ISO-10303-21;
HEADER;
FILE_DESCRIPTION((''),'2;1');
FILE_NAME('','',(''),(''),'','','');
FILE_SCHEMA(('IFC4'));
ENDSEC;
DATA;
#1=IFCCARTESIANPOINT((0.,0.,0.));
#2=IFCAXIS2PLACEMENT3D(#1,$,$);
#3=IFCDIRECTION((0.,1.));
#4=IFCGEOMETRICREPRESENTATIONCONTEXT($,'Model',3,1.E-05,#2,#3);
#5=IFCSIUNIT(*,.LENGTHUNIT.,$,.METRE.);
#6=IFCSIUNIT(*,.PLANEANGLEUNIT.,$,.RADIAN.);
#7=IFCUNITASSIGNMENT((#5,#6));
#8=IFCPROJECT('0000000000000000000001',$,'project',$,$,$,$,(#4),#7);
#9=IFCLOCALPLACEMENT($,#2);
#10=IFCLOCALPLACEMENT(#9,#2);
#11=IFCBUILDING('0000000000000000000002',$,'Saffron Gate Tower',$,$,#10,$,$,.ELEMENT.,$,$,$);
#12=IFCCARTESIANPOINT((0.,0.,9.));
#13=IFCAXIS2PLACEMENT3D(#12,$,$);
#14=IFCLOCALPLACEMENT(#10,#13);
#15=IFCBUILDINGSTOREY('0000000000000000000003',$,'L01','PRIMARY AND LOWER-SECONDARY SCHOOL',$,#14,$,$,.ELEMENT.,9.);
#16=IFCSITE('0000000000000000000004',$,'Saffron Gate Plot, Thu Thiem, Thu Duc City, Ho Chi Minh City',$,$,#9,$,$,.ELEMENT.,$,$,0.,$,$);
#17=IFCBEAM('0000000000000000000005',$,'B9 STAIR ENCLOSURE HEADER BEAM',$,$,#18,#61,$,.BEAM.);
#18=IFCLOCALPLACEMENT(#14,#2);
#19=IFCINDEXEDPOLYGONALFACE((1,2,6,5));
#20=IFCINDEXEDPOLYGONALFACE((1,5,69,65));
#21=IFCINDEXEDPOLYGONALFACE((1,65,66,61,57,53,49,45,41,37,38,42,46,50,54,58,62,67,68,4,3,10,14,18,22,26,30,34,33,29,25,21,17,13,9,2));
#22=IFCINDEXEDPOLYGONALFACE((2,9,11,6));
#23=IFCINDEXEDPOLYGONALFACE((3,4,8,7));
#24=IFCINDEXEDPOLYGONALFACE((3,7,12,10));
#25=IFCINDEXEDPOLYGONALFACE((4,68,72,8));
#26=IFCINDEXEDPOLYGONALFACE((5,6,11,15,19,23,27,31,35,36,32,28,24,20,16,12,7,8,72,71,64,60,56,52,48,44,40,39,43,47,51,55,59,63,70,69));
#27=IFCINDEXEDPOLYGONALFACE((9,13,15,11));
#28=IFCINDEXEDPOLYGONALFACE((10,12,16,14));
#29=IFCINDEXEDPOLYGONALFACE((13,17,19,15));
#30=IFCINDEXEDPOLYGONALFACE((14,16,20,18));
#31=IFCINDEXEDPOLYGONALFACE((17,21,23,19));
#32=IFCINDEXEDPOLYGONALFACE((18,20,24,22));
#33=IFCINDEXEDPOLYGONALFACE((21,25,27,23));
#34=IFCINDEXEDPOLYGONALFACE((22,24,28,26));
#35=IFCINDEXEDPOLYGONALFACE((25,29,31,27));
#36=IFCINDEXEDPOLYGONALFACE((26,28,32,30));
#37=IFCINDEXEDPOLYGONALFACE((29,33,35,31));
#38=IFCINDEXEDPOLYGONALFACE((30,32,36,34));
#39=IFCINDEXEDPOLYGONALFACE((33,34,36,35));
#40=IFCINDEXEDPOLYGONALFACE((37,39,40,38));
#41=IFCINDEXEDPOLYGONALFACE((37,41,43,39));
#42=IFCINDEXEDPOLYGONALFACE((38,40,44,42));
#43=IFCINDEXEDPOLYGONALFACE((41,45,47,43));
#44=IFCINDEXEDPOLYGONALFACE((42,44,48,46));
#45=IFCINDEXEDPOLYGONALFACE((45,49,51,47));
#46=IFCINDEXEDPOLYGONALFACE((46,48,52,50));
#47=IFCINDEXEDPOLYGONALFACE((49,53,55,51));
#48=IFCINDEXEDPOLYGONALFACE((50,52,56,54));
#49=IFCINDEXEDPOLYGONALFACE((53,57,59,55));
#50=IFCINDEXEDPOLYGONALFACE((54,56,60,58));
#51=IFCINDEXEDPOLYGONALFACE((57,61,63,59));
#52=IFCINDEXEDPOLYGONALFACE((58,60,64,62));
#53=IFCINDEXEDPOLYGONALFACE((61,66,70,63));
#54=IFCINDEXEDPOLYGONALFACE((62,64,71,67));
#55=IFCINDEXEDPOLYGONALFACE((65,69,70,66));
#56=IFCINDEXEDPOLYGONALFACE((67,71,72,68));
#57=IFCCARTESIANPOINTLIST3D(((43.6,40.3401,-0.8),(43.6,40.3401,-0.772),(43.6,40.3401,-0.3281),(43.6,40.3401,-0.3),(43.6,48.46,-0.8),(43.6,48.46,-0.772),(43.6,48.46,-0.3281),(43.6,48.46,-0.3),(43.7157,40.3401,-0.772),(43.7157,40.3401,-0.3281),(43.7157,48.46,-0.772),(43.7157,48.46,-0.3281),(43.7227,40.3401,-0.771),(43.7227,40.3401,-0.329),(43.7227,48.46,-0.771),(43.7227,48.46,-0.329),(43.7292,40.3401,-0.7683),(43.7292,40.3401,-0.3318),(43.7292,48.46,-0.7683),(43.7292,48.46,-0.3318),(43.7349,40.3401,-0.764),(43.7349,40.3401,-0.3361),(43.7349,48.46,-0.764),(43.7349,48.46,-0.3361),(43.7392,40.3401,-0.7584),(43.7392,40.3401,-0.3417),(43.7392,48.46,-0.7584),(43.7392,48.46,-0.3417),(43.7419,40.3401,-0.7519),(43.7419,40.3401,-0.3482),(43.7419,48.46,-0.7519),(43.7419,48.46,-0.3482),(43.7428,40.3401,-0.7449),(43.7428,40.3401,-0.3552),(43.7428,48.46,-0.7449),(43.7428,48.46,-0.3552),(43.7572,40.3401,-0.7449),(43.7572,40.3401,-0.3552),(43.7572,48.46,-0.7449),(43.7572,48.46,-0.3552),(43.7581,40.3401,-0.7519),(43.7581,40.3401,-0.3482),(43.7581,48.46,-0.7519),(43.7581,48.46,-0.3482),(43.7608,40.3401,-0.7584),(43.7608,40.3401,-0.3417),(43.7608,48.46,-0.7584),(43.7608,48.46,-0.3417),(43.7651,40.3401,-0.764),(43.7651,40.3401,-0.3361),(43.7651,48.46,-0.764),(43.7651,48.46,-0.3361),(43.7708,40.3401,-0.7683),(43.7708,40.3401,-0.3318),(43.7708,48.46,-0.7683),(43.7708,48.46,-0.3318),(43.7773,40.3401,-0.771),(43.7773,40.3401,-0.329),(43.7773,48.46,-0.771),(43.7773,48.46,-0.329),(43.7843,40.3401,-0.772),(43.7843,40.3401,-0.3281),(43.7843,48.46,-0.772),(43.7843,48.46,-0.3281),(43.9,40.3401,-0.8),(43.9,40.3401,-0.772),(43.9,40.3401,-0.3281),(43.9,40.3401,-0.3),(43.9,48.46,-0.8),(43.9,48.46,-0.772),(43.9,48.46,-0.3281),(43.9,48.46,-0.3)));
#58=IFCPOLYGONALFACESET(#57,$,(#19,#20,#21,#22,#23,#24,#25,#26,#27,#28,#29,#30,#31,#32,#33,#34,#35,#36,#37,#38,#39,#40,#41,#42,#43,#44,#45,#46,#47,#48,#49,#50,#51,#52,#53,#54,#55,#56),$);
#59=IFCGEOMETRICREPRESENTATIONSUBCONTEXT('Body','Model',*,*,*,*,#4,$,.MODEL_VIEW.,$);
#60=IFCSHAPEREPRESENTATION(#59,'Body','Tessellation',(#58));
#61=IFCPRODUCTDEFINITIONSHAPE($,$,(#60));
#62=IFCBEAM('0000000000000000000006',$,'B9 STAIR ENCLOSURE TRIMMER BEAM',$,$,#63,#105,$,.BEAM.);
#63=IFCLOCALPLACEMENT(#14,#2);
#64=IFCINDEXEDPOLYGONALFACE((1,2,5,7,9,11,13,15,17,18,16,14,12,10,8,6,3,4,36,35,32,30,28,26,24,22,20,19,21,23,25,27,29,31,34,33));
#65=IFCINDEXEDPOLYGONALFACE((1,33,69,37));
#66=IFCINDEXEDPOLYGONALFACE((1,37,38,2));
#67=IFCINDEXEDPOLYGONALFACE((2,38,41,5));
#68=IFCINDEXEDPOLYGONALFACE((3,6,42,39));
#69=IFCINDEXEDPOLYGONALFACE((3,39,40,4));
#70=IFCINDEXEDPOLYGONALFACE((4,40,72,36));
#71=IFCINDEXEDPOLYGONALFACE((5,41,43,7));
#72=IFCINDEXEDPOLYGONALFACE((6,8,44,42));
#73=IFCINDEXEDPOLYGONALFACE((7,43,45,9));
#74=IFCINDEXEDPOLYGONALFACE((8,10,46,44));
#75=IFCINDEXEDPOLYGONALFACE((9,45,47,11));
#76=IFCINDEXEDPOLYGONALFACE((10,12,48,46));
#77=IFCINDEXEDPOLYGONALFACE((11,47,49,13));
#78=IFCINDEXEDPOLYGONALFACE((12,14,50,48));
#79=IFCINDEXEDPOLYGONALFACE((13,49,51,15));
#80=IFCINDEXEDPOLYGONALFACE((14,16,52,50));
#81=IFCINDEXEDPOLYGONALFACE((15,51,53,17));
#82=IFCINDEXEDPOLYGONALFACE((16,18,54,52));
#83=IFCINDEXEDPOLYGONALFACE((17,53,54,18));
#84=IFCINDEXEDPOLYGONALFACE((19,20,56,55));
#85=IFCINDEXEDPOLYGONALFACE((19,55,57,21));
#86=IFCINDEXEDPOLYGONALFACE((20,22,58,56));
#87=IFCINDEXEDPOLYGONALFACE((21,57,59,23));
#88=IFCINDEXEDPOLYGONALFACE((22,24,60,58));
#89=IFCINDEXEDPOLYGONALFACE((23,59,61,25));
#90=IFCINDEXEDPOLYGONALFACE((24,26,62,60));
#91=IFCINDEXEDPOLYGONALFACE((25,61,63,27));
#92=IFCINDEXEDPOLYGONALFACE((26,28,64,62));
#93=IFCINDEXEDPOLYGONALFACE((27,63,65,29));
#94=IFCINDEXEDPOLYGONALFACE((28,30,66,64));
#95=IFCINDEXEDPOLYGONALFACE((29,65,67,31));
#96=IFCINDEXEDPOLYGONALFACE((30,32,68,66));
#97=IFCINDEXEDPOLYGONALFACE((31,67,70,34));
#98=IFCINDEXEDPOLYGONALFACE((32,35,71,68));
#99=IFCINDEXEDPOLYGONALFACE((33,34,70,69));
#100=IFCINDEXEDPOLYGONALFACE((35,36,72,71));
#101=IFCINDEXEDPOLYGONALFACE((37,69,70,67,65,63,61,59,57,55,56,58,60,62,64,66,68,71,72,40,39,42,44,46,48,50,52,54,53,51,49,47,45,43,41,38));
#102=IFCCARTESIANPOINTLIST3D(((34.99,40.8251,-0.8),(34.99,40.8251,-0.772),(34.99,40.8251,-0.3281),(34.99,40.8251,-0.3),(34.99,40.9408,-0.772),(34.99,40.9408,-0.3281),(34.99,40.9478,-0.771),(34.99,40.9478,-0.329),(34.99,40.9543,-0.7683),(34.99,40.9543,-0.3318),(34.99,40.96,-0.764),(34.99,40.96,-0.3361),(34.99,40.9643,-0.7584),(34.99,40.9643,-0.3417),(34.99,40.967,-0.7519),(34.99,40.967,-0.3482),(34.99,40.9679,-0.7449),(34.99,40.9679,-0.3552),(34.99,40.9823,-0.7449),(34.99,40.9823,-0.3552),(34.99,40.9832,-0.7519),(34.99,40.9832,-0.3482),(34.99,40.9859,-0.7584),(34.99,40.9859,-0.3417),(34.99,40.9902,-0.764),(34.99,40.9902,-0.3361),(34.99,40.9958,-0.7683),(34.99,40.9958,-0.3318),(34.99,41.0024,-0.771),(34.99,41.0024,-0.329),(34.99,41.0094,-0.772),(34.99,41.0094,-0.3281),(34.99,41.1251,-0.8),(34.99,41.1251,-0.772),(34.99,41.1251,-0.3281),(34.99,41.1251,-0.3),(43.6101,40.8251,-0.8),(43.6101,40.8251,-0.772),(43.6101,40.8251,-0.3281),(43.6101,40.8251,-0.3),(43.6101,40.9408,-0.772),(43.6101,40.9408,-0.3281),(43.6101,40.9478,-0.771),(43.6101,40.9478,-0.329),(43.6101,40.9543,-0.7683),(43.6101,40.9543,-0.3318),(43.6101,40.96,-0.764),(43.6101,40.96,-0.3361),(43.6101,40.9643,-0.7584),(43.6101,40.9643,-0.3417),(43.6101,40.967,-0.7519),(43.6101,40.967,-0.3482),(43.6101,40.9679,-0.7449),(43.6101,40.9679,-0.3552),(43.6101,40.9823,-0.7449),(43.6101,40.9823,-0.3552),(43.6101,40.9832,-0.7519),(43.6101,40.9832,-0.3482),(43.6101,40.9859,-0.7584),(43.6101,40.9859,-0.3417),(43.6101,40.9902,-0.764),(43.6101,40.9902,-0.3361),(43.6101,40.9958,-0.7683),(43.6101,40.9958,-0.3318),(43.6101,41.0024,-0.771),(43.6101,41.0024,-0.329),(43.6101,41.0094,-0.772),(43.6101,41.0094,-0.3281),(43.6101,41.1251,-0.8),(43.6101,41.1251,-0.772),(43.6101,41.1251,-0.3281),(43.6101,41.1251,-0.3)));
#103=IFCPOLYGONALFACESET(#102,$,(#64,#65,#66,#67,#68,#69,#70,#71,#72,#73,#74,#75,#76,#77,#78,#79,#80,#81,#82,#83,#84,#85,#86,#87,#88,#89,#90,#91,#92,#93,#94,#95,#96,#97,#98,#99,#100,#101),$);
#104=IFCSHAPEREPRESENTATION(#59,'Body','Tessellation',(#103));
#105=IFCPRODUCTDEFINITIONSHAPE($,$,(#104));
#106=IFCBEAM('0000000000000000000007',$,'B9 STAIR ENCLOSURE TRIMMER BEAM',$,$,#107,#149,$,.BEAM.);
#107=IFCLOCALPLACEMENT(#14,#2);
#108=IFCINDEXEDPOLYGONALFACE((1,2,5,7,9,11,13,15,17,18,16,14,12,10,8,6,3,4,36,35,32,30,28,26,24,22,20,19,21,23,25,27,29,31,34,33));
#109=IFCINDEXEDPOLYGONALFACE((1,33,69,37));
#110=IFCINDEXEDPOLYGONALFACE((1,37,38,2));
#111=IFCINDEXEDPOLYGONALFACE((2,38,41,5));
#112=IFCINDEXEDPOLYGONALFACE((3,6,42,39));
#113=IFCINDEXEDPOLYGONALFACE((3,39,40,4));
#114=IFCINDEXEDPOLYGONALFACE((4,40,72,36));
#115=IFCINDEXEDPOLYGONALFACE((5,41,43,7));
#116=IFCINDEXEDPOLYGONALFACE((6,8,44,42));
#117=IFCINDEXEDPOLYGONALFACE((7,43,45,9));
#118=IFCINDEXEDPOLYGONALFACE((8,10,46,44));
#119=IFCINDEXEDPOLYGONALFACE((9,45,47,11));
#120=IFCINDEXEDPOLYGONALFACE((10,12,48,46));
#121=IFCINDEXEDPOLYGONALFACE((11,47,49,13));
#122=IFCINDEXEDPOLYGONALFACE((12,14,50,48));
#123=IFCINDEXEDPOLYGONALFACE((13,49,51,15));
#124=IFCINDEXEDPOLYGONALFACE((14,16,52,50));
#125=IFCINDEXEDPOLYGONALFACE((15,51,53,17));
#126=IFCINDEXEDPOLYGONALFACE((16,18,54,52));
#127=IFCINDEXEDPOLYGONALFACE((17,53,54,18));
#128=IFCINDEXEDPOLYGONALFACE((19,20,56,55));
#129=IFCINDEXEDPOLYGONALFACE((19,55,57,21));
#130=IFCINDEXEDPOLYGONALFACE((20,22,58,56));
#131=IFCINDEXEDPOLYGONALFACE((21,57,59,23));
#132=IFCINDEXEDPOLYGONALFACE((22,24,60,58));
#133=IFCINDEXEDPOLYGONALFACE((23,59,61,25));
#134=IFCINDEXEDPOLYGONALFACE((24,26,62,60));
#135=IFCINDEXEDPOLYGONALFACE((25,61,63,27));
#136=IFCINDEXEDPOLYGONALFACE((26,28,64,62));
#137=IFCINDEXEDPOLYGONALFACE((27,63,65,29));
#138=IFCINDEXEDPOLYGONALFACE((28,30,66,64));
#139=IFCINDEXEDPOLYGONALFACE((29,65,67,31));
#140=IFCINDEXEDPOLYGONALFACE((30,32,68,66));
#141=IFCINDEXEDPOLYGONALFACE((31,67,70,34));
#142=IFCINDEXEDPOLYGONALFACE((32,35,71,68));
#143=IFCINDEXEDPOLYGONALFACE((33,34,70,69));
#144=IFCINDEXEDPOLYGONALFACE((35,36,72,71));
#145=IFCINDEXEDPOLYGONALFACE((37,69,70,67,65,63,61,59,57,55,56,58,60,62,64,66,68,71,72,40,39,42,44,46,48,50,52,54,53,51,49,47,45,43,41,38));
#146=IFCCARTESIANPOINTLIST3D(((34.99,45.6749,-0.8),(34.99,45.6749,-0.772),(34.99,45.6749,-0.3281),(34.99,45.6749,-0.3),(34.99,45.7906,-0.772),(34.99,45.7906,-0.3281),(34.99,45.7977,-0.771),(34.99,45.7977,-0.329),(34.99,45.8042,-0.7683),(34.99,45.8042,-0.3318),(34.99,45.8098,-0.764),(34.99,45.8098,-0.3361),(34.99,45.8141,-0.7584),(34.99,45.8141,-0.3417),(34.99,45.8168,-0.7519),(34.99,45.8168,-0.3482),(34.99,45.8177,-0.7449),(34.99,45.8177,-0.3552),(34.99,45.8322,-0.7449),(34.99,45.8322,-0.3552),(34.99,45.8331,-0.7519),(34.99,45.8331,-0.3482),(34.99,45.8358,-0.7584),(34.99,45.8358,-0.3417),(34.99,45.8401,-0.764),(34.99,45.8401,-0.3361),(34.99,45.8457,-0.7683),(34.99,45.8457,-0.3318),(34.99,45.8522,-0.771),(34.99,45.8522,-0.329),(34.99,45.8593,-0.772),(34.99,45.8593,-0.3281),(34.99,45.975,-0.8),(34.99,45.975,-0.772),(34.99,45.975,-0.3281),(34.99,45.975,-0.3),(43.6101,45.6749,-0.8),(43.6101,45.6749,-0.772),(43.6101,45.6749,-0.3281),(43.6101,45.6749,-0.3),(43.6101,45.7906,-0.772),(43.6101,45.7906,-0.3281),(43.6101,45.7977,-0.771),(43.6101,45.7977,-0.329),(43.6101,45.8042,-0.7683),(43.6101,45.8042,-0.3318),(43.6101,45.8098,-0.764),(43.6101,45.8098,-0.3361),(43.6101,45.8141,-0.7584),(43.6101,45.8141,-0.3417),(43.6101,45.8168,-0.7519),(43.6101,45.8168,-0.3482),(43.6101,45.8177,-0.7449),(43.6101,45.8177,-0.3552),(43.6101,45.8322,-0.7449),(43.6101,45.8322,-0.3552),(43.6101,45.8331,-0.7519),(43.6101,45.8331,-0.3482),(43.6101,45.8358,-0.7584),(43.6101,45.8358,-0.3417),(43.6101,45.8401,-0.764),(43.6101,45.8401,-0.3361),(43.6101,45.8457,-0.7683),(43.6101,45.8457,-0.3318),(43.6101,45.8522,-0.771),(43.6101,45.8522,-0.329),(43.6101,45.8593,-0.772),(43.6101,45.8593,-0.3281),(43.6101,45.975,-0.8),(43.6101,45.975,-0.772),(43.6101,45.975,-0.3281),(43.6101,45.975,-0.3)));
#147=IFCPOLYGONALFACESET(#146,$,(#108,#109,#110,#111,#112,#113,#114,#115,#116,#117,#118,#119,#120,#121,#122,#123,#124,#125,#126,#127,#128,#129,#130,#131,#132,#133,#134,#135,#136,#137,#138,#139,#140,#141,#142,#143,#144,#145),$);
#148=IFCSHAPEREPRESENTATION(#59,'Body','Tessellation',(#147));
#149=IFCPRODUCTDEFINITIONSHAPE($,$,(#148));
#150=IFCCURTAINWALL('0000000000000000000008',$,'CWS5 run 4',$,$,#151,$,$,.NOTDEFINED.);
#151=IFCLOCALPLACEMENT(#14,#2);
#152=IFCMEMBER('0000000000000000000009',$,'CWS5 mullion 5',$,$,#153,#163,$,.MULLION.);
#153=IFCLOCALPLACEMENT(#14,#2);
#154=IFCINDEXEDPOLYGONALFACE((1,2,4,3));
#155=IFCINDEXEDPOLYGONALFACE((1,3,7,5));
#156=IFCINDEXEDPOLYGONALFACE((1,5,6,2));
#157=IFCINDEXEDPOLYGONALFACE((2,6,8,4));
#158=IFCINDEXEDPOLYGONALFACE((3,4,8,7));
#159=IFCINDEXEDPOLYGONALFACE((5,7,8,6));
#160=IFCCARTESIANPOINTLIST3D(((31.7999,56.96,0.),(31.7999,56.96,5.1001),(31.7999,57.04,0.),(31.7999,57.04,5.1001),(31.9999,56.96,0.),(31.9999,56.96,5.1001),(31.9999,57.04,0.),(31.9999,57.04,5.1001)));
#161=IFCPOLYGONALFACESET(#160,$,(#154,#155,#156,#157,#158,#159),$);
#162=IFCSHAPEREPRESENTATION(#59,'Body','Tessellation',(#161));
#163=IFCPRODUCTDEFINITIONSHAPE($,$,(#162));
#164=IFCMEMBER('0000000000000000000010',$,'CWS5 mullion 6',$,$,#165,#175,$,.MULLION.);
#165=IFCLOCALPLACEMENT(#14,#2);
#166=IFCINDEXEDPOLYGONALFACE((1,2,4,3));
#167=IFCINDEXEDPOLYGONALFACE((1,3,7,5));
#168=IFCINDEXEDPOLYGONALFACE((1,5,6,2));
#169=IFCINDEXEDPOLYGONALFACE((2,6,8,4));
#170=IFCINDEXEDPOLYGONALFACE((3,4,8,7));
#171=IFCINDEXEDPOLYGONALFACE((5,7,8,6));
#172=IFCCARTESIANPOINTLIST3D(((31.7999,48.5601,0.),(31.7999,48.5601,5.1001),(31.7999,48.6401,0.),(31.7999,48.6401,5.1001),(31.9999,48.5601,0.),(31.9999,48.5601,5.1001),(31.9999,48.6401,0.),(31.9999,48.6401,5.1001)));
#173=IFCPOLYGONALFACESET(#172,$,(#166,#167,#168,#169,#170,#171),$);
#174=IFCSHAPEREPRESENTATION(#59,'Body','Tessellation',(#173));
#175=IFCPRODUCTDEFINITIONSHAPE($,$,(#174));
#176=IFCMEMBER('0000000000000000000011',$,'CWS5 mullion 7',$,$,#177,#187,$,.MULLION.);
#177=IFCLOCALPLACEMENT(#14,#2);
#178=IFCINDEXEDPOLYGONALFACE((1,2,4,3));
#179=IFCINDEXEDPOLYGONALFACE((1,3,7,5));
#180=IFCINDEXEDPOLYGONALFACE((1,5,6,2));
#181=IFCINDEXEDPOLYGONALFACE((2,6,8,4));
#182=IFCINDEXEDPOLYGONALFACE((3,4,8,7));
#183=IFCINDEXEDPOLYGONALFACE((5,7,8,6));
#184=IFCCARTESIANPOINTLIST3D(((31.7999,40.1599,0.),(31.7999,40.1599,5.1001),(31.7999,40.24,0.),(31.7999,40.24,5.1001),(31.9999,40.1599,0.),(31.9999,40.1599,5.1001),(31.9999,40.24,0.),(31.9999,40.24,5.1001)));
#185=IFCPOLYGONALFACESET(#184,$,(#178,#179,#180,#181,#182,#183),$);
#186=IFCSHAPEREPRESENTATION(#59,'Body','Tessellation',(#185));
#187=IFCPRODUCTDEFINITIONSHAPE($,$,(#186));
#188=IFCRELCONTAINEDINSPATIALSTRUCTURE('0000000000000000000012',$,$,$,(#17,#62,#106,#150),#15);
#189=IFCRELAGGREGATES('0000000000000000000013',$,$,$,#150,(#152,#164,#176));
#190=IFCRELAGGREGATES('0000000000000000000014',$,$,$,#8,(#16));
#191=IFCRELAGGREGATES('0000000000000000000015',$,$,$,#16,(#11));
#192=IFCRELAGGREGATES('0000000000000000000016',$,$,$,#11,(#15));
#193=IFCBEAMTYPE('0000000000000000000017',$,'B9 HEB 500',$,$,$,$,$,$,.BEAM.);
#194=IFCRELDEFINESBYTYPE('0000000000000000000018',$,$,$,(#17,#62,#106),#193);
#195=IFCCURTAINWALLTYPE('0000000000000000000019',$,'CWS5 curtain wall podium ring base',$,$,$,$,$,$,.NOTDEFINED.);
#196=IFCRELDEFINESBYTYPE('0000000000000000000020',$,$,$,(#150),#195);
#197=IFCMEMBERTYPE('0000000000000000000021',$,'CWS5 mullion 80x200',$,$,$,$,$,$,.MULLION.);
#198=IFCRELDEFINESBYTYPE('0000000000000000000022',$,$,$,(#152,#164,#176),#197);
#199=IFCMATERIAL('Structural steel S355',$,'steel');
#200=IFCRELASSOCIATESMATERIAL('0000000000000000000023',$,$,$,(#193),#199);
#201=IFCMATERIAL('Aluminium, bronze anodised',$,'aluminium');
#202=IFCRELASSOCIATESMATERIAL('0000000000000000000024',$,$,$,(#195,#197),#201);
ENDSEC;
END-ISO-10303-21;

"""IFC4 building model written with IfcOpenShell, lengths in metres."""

from ifc_helpers import new_model, si_unit, direction, frame, origin, origin_2d, place, context, subcontext, project, spatial, rectangle, i_section, extrude, material, material_profile, profile_set, type_object, element, aggregate, save


model = new_model("IFC4")

# Units and contexts
model_context = context("Model", 3, precision=1e-05, world=origin(), true_north=direction((0.0, 1.0)))
body_context = subcontext(model_context, "Body", "Model", "MODEL_VIEW")
ifc_project = project(units=[si_unit("LENGTHUNIT", "METRE"), si_unit("PLANEANGLEUNIT", "RADIAN")], contexts=[model_context])

# Site, building, storey
site_placement = place(None, origin())
site = spatial("IfcSite", under=ifc_project, at=site_placement, Name="Saffron Gate Plot, Thu Thiem, Thu Duc City, Ho Chi Minh City", CompositionType="ELEMENT", RefElevation=0.0)
building_placement = place(site_placement, origin())
building = spatial("IfcBuilding", under=site, at=building_placement, Name="Saffron Gate Tower", CompositionType="ELEMENT")
storey_placement = place(building_placement, frame((0.0, 0.0, 9.0)))
storey = spatial("IfcBuildingStorey", under=building, at=storey_placement, Name="L01", Description="PRIMARY AND LOWER-SECONDARY SCHOOL", CompositionType="ELEMENT", Elevation=9.0)

# Beams
ifc_material_1 = material(Name="Structural steel S355", Category="steel")
ifc_material_profile_1 = material_profile(ifc_material_1, i_section(OverallWidth=0.3, OverallDepth=0.5, WebThickness=0.0144, FlangeThickness=0.0281, FilletRadius=0.0271, at=origin_2d()))
ifc_profile_set_1 = profile_set([ifc_material_profile_1], Name="Structural steel S355")
beam_type_1 = type_object("IfcBeamType", Name="B9 HEB 500", PredefinedType="BEAM", material=ifc_profile_set_1)
for number, where, z_axis, x_axis, name in (
    (1, (43.75, 40.3401, -0.55), (0.0, 1.0, 0.0), (-1.0, 0.0, 0.0), "B9 STAIR ENCLOSURE HEADER BEAM"),
):
    element("IfcBeam", number, at=place(storey_placement, frame(where, z_axis=z_axis, x_axis=x_axis)), inside=storey, type_object=beam_type_1, Name=name, PredefinedType="BEAM", context=body_context, shape_type="SweptSolid", body=[
        extrude(i_section(OverallWidth=0.3, OverallDepth=0.5, WebThickness=0.0144, FlangeThickness=0.0281, FilletRadius=0.0271, at=origin_2d()), origin(), (0.0, 0.0, 1.0), 8.1199),
    ])
for number, where, z_axis, x_axis, name in (
    (2, (34.99, 40.9751, -0.55), (1.0, 0.0, 0.0), (0.0, 1.0, 0.0), "B9 STAIR ENCLOSURE TRIMMER BEAM"),
    (3, (34.99, 45.825, -0.55), (1.0, 0.0, 0.0), (0.0, 1.0, 0.0), "B9 STAIR ENCLOSURE TRIMMER BEAM"),
):
    element("IfcBeam", number, at=place(storey_placement, frame(where, z_axis=z_axis, x_axis=x_axis)), inside=storey, type_object=beam_type_1, Name=name, PredefinedType="BEAM", context=body_context, shape_type="SweptSolid", body=[
        extrude(i_section(OverallWidth=0.3, OverallDepth=0.5, WebThickness=0.0144, FlangeThickness=0.0281, FilletRadius=0.0271, at=origin_2d()), origin(), (0.0, 0.0, 1.0), 8.6201),
    ])

# Curtain wall, members
ifc_material_2 = material(Name="Aluminium, bronze anodised", Category="aluminium")
curtain_wall_type = type_object("IfcCurtainWallType", Name="CWS5 curtain wall podium ring base", PredefinedType="NOTDEFINED", material=ifc_material_2)
curtain_wall_placement = place(storey_placement, origin())
curtain_wall = element("IfcCurtainWall", 4, at=curtain_wall_placement, inside=storey, type_object=curtain_wall_type, Name="CWS5 run 4", PredefinedType="NOTDEFINED")
ifc_material_profile_2 = material_profile(ifc_material_2, rectangle(XDim=0.2, YDim=0.0801, at=origin_2d()))
ifc_profile_set_2 = profile_set([ifc_material_profile_2], Name="Aluminium, bronze anodised")
member_type = type_object("IfcMemberType", Name="CWS5 mullion 80x200", PredefinedType="MULLION", material=ifc_profile_set_2)
member_1_placement = place(storey_placement, frame((31.8999, 57.0, 0.0), z_axis=(0.0, 0.0, 1.0), x_axis=(1.0, 0.0, 0.0)))
member_1 = element("IfcMember", 5, at=member_1_placement, type_object=member_type, Name="CWS5 mullion 5", PredefinedType="MULLION", context=body_context, shape_type="SweptSolid", body=[
    extrude(rectangle(XDim=0.2, YDim=0.0801, at=origin_2d()), origin(), (0.0, 0.0, 1.0), 5.1001),
])
member_2_placement = place(storey_placement, frame((31.8999, 48.6001, 0.0), z_axis=(0.0, 0.0, 1.0), x_axis=(1.0, 0.0, 0.0)))
member_2 = element("IfcMember", 6, at=member_2_placement, type_object=member_type, Name="CWS5 mullion 6", PredefinedType="MULLION", context=body_context, shape_type="SweptSolid", body=[
    extrude(rectangle(XDim=0.2, YDim=0.0801, at=origin_2d()), origin(), (0.0, 0.0, 1.0), 5.1001),
])
member_3_placement = place(storey_placement, frame((31.8999, 40.2, 0.0), z_axis=(0.0, 0.0, 1.0), x_axis=(1.0, 0.0, 0.0)))
member_3 = element("IfcMember", 7, at=member_3_placement, type_object=member_type, Name="CWS5 mullion 7", PredefinedType="MULLION", context=body_context, shape_type="SweptSolid", body=[
    extrude(rectangle(XDim=0.2, YDim=0.0801, at=origin_2d()), origin(), (0.0, 0.0, 1.0), 5.1001),
])
aggregate(curtain_wall, [member_1, member_2, member_3])

save(model, "model.ifc")
